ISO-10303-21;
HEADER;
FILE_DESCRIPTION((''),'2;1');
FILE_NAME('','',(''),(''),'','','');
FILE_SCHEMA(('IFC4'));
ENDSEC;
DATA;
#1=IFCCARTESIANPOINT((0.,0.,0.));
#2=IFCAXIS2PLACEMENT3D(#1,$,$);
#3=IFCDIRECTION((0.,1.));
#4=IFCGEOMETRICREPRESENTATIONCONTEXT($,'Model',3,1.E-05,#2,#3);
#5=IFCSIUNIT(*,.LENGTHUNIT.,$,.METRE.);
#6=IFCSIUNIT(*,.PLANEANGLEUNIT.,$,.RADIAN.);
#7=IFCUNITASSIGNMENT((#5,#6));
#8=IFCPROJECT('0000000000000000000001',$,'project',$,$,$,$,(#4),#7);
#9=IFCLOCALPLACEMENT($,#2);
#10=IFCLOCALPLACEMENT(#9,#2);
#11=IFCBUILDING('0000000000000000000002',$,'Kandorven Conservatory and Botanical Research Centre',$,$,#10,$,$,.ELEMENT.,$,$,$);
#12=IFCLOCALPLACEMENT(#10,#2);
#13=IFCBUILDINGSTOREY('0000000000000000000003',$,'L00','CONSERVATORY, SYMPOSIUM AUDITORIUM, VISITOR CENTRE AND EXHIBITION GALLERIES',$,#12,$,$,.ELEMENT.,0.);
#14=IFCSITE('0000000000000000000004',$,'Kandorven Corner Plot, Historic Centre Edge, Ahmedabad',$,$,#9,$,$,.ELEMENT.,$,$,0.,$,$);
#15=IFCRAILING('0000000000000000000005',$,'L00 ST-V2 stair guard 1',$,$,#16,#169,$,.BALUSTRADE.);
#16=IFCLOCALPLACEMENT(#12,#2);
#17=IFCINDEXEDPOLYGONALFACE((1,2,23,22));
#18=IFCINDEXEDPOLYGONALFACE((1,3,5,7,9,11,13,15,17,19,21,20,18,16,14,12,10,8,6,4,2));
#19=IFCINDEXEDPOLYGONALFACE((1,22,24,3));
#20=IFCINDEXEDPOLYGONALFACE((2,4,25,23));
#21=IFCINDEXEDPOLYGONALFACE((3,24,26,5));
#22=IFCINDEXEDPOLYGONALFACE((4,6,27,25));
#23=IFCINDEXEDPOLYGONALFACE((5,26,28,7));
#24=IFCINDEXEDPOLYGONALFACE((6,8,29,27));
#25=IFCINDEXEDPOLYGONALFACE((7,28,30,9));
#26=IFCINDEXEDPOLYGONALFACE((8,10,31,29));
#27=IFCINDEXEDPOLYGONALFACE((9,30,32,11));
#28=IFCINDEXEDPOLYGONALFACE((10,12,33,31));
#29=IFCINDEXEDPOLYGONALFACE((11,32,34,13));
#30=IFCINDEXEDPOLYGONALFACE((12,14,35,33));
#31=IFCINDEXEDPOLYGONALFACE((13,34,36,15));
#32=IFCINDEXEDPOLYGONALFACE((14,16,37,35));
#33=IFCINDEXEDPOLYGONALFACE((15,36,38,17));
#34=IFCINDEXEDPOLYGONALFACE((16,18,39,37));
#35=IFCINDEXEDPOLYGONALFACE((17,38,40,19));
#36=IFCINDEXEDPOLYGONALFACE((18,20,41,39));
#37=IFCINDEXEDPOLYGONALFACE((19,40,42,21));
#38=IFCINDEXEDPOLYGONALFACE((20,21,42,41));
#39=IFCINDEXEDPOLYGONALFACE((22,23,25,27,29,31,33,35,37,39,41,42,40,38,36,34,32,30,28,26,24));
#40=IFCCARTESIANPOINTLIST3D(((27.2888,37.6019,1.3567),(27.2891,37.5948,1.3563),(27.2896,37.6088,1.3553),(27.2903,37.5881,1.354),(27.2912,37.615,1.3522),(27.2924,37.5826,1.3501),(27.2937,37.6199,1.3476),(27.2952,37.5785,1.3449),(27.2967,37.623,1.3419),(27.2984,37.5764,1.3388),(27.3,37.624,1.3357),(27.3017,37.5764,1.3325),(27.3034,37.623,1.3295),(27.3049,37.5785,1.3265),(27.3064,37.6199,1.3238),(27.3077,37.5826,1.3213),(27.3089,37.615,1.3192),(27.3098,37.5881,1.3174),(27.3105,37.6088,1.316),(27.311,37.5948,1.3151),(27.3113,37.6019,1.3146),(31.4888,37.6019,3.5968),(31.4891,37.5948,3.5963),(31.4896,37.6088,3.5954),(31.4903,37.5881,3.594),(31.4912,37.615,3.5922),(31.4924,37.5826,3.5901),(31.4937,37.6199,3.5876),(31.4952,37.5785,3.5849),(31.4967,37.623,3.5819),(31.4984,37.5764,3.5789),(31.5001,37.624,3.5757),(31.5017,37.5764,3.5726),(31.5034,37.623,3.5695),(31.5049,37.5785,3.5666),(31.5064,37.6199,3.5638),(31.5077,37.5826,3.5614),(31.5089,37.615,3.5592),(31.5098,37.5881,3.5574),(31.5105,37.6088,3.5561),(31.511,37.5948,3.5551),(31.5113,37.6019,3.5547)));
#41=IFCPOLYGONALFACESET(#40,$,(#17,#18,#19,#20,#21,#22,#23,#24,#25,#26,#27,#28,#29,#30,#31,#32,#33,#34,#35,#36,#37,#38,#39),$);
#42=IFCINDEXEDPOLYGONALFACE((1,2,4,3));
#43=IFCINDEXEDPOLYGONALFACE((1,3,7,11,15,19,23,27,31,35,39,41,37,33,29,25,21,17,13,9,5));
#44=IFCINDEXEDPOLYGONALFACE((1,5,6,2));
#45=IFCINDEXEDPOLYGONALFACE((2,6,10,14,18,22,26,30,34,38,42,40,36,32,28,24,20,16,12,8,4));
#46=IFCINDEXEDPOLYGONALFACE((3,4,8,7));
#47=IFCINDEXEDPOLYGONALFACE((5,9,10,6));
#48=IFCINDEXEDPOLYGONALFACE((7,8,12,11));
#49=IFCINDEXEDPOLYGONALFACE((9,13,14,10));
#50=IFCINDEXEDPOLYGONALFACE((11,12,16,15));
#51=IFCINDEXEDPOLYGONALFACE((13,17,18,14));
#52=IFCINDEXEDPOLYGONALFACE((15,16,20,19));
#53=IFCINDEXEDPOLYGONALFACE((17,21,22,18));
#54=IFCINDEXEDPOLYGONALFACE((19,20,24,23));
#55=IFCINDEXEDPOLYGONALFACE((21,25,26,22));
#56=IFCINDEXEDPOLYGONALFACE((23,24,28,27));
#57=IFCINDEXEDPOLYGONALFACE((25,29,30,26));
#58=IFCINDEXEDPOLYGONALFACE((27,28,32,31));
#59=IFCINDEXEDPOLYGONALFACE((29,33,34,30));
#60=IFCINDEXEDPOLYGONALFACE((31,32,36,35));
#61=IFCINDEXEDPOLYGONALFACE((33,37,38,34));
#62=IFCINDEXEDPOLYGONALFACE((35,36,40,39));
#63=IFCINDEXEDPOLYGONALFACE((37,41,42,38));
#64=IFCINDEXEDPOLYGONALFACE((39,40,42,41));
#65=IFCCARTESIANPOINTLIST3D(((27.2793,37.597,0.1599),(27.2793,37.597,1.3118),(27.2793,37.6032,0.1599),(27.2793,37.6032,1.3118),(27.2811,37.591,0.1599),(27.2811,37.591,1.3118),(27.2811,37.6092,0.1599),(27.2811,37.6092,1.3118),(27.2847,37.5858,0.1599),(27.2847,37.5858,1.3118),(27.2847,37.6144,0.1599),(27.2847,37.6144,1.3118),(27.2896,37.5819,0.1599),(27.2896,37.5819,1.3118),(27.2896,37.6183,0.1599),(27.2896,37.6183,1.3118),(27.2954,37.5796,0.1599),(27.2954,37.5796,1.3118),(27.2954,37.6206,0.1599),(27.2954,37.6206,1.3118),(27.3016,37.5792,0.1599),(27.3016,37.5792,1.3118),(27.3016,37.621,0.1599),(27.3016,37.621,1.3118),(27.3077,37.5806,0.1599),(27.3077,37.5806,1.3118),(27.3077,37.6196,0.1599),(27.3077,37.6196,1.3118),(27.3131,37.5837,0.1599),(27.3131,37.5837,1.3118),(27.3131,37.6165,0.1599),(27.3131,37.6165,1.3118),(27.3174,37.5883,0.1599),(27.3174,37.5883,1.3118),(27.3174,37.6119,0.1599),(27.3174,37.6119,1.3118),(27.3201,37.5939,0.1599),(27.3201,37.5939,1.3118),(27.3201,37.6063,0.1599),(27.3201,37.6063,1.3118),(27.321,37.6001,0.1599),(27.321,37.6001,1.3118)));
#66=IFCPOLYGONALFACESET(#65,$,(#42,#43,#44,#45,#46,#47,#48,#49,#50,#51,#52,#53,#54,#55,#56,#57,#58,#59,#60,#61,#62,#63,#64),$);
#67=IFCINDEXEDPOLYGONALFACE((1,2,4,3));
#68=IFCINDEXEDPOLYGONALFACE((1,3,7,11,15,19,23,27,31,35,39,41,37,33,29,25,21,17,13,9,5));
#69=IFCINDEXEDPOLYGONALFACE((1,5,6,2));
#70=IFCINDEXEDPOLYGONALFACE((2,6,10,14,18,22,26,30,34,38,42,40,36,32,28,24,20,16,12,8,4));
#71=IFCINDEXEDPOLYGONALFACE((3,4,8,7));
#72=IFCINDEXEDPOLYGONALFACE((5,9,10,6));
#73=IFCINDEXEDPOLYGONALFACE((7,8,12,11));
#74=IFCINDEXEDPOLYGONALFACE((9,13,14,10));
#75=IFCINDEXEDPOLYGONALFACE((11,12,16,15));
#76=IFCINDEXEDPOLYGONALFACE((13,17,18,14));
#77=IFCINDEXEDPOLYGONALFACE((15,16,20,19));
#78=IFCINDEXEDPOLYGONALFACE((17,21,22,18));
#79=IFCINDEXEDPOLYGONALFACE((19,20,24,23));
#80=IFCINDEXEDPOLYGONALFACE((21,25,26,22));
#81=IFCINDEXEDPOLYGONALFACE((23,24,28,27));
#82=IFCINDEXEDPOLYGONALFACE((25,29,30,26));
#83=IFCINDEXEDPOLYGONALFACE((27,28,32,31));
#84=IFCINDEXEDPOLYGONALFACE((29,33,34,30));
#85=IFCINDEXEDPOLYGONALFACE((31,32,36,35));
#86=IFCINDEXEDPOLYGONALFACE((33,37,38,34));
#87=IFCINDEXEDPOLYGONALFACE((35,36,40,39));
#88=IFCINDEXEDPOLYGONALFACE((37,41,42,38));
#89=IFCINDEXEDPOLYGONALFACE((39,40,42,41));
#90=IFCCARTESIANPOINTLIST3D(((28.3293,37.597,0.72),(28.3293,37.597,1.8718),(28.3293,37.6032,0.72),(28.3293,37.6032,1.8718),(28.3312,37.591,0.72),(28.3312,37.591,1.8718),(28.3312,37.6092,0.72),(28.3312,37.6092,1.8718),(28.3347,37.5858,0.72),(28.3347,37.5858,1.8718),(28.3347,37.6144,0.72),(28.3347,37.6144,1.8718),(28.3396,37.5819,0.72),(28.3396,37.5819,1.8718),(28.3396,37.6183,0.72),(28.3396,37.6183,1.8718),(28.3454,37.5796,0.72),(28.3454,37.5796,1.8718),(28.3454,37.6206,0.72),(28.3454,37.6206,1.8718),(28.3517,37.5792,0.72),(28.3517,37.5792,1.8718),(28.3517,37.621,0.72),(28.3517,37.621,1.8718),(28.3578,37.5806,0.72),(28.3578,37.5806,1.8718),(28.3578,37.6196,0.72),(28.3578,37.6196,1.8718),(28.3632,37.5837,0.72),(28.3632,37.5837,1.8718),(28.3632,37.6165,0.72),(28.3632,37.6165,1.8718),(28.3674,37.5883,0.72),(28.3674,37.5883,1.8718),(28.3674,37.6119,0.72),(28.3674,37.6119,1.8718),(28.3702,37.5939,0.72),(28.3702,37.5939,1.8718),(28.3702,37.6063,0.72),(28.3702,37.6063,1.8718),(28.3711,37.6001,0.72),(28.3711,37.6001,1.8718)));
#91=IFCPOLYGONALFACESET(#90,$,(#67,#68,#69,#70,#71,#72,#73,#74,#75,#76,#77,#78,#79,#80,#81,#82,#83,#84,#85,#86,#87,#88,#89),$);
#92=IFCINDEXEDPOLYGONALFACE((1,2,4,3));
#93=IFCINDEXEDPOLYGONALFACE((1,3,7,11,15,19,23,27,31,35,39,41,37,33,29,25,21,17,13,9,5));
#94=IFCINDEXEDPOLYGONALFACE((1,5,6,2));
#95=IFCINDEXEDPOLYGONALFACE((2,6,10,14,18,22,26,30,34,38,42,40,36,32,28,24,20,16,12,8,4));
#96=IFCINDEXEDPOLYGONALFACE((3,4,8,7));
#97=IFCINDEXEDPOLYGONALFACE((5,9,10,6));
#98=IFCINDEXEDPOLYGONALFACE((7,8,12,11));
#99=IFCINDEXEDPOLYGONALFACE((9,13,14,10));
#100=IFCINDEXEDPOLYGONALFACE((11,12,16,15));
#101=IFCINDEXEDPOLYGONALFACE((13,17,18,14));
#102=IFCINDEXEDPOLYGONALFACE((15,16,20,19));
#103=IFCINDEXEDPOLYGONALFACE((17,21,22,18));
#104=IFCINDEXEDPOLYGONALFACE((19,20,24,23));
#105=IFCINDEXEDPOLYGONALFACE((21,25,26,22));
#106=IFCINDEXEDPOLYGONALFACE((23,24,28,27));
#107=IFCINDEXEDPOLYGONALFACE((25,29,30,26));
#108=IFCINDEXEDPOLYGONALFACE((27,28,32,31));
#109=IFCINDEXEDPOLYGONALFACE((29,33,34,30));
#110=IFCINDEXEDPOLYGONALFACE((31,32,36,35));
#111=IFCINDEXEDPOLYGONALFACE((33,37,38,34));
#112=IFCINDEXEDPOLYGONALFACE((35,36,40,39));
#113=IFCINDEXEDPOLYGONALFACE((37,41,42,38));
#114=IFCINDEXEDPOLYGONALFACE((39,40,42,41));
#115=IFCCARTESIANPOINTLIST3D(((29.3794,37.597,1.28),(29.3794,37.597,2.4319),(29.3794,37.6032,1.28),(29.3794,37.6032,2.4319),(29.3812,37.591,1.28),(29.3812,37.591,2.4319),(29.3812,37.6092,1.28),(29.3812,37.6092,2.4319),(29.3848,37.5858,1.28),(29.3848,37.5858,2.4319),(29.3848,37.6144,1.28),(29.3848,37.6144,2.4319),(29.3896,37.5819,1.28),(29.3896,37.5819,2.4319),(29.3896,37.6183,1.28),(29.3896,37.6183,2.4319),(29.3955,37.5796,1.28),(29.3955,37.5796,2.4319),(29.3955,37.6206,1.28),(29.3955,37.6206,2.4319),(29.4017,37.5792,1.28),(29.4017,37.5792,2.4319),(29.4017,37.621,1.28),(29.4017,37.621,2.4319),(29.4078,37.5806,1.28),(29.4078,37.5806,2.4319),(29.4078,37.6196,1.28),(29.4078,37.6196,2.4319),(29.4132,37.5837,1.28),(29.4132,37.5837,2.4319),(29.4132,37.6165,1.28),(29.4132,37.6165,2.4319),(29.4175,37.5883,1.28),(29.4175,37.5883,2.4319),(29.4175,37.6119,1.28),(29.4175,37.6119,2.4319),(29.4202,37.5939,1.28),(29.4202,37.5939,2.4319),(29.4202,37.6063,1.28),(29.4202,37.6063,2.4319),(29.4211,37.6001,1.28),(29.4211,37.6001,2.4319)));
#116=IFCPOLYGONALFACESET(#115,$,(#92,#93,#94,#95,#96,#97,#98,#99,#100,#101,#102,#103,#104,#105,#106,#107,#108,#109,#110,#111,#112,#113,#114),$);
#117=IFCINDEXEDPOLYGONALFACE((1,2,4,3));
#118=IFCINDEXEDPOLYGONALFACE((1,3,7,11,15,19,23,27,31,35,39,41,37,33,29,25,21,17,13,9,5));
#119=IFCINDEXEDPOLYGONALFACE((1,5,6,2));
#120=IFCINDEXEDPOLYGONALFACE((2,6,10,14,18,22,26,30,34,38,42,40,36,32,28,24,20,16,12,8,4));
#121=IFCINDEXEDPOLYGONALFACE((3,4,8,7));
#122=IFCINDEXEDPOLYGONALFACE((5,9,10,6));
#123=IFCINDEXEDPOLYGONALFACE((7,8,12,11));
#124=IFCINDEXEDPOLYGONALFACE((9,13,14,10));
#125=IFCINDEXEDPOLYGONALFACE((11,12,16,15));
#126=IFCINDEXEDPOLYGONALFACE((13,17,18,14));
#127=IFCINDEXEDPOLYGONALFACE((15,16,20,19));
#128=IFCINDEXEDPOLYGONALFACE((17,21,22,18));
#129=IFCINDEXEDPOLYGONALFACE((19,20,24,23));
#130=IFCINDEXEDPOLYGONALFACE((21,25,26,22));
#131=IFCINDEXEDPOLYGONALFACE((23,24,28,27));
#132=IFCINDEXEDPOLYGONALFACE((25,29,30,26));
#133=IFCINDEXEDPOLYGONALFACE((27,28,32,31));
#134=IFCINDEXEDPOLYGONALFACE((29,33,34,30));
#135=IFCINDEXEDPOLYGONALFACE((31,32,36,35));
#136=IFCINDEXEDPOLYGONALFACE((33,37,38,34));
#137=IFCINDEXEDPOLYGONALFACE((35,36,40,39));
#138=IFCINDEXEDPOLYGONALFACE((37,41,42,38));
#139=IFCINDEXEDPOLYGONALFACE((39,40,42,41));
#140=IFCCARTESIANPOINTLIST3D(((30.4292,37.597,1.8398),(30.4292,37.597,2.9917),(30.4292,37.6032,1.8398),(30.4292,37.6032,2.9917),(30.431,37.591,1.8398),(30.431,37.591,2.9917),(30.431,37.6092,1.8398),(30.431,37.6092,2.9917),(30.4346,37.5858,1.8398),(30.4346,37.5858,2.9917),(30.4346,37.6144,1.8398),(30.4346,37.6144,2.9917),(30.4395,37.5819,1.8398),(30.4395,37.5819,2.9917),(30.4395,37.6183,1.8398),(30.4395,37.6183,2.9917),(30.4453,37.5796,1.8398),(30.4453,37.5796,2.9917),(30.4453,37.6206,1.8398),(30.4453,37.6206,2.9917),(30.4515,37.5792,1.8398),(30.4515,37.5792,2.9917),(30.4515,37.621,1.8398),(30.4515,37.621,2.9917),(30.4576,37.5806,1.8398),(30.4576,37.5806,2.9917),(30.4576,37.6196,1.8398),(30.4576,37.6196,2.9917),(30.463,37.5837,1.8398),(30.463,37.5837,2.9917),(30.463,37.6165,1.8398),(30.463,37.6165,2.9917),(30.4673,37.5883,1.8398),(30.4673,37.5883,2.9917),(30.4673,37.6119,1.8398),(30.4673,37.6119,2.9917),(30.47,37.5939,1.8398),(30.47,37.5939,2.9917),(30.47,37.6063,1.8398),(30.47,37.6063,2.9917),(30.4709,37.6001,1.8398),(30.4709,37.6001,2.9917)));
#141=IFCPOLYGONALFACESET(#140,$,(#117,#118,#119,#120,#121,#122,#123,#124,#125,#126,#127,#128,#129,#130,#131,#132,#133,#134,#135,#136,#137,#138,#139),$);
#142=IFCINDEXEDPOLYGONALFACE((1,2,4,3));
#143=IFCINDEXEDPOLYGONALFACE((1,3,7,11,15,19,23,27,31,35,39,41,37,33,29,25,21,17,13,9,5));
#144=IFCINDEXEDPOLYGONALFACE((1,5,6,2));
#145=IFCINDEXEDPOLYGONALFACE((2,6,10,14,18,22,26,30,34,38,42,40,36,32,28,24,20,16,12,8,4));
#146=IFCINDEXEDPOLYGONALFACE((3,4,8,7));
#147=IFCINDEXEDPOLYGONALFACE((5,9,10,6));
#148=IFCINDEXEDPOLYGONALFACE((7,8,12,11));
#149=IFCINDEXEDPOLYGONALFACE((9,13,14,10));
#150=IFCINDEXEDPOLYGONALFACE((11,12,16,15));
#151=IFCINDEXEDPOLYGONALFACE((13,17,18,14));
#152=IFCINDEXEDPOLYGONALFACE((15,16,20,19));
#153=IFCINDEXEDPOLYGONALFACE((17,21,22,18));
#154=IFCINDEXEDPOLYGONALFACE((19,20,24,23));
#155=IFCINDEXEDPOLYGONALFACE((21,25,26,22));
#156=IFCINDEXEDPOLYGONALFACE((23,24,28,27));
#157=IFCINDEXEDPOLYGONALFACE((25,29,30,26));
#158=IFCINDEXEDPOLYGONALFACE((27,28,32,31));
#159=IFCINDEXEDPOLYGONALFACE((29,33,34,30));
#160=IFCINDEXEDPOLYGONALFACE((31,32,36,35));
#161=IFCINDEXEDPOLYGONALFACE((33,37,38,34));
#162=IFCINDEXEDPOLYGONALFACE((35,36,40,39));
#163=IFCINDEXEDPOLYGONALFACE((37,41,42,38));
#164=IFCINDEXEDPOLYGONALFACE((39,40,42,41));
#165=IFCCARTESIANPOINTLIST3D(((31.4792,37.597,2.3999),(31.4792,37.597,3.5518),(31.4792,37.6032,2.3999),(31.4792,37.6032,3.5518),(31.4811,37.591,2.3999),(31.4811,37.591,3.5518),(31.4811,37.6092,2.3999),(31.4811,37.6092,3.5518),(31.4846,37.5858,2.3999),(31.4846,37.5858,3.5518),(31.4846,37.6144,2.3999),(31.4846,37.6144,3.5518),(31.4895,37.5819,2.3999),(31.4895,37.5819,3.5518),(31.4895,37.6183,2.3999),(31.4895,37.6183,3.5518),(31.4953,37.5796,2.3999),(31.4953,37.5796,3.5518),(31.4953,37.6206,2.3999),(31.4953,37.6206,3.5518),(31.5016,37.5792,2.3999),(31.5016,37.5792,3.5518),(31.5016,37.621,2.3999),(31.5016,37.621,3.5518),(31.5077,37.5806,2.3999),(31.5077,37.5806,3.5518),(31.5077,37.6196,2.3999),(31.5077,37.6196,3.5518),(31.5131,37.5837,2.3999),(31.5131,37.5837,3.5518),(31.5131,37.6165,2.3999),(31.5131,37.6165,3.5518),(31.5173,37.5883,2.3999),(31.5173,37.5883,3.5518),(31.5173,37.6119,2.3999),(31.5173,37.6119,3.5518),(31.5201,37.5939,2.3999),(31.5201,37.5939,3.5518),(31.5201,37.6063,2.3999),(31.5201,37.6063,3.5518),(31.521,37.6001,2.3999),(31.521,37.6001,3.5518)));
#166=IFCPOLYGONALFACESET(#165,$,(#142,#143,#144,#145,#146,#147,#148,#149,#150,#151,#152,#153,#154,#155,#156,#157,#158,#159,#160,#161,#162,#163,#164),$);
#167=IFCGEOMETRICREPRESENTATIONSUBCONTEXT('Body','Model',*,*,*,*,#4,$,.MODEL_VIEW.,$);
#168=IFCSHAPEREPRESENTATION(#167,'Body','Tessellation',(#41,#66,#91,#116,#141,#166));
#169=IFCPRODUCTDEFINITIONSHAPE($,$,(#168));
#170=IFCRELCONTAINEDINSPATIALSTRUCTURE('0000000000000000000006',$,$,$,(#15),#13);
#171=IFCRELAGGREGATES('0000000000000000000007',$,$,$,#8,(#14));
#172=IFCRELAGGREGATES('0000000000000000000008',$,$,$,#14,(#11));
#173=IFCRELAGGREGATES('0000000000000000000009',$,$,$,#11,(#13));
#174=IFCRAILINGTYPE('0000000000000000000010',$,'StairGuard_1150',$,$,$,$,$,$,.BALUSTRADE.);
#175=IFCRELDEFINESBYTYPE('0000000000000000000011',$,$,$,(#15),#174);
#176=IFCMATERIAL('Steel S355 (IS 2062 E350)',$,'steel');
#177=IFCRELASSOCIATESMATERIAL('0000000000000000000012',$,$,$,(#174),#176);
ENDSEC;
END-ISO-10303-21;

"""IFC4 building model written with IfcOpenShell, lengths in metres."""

from ifc_helpers import new_model, si_unit, direction, frame, origin, origin_2d, place, context, subcontext, project, spatial, circle, extrude, material, type_object, element, save


model = new_model("IFC4")

# Units and contexts
model_context = context("Model", 3, precision=1e-05, world=origin(), true_north=direction((0.0, 1.0)))
body_context = subcontext(model_context, "Body", "Model", "MODEL_VIEW")
ifc_project = project(units=[si_unit("LENGTHUNIT", "METRE"), si_unit("PLANEANGLEUNIT", "RADIAN")], contexts=[model_context])

# Site, building, storey
site_placement = place(None, origin())
site = spatial("IfcSite", under=ifc_project, at=site_placement, Name="Kandorven Corner Plot, Historic Centre Edge, Ahmedabad", CompositionType="ELEMENT", RefElevation=0.0)
building_placement = place(site_placement, origin())
building = spatial("IfcBuilding", under=site, at=building_placement, Name="Kandorven Conservatory and Botanical Research Centre", CompositionType="ELEMENT")
storey_placement = place(building_placement, origin())
storey = spatial("IfcBuildingStorey", under=building, at=storey_placement, Name="L00", Description="CONSERVATORY, SYMPOSIUM AUDITORIUM, VISITOR CENTRE AND EXHIBITION GALLERIES", CompositionType="ELEMENT", Elevation=0.0)

# Railing
ifc_material_1 = material(Name="Steel S355 (IS 2062 E350)", Category="steel")
railing_type_1 = type_object("IfcRailingType", Name="StairGuard_1150", PredefinedType="BALUSTRADE", material=ifc_material_1)
railing_1_placement = place(storey_placement, frame((27.3, 37.6001, 0.1599)))
element("IfcRailing", 1, at=railing_1_placement, inside=storey, type_object=railing_type_1, Name="L00 ST-V2 stair guard 1", PredefinedType="BALUSTRADE", context=body_context, shape_type="SweptSolid", body=[
    extrude(circle(Radius=0.0239, at=origin_2d()), frame((0.0, 0.0, 1.1758), z_axis=(0.882352, 0.0, 0.470591), x_axis=(0.0, 1.0, 0.0)), (0.0, 0.0, 1.0), 4.76),
    extrude(circle(Radius=0.021, at=origin_2d()), origin(), (0.0, 0.0, 1.0), 1.1519),
    extrude(circle(Radius=0.021, at=origin_2d()), frame((1.05, 0.0, 0.5601)), (0.0, 0.0, 1.0), 1.1519),
    extrude(circle(Radius=0.021, at=origin_2d()), frame((2.1001, 0.0, 1.1201)), (0.0, 0.0, 1.0), 1.1519),
    extrude(circle(Radius=0.021, at=origin_2d()), frame((3.1499, 0.0, 1.6799)), (0.0, 0.0, 1.0), 1.1519),
    extrude(circle(Radius=0.021, at=origin_2d()), frame((4.2, 0.0, 2.24)), (0.0, 0.0, 1.0), 1.1519),
])

save(model, "model.ifc")
